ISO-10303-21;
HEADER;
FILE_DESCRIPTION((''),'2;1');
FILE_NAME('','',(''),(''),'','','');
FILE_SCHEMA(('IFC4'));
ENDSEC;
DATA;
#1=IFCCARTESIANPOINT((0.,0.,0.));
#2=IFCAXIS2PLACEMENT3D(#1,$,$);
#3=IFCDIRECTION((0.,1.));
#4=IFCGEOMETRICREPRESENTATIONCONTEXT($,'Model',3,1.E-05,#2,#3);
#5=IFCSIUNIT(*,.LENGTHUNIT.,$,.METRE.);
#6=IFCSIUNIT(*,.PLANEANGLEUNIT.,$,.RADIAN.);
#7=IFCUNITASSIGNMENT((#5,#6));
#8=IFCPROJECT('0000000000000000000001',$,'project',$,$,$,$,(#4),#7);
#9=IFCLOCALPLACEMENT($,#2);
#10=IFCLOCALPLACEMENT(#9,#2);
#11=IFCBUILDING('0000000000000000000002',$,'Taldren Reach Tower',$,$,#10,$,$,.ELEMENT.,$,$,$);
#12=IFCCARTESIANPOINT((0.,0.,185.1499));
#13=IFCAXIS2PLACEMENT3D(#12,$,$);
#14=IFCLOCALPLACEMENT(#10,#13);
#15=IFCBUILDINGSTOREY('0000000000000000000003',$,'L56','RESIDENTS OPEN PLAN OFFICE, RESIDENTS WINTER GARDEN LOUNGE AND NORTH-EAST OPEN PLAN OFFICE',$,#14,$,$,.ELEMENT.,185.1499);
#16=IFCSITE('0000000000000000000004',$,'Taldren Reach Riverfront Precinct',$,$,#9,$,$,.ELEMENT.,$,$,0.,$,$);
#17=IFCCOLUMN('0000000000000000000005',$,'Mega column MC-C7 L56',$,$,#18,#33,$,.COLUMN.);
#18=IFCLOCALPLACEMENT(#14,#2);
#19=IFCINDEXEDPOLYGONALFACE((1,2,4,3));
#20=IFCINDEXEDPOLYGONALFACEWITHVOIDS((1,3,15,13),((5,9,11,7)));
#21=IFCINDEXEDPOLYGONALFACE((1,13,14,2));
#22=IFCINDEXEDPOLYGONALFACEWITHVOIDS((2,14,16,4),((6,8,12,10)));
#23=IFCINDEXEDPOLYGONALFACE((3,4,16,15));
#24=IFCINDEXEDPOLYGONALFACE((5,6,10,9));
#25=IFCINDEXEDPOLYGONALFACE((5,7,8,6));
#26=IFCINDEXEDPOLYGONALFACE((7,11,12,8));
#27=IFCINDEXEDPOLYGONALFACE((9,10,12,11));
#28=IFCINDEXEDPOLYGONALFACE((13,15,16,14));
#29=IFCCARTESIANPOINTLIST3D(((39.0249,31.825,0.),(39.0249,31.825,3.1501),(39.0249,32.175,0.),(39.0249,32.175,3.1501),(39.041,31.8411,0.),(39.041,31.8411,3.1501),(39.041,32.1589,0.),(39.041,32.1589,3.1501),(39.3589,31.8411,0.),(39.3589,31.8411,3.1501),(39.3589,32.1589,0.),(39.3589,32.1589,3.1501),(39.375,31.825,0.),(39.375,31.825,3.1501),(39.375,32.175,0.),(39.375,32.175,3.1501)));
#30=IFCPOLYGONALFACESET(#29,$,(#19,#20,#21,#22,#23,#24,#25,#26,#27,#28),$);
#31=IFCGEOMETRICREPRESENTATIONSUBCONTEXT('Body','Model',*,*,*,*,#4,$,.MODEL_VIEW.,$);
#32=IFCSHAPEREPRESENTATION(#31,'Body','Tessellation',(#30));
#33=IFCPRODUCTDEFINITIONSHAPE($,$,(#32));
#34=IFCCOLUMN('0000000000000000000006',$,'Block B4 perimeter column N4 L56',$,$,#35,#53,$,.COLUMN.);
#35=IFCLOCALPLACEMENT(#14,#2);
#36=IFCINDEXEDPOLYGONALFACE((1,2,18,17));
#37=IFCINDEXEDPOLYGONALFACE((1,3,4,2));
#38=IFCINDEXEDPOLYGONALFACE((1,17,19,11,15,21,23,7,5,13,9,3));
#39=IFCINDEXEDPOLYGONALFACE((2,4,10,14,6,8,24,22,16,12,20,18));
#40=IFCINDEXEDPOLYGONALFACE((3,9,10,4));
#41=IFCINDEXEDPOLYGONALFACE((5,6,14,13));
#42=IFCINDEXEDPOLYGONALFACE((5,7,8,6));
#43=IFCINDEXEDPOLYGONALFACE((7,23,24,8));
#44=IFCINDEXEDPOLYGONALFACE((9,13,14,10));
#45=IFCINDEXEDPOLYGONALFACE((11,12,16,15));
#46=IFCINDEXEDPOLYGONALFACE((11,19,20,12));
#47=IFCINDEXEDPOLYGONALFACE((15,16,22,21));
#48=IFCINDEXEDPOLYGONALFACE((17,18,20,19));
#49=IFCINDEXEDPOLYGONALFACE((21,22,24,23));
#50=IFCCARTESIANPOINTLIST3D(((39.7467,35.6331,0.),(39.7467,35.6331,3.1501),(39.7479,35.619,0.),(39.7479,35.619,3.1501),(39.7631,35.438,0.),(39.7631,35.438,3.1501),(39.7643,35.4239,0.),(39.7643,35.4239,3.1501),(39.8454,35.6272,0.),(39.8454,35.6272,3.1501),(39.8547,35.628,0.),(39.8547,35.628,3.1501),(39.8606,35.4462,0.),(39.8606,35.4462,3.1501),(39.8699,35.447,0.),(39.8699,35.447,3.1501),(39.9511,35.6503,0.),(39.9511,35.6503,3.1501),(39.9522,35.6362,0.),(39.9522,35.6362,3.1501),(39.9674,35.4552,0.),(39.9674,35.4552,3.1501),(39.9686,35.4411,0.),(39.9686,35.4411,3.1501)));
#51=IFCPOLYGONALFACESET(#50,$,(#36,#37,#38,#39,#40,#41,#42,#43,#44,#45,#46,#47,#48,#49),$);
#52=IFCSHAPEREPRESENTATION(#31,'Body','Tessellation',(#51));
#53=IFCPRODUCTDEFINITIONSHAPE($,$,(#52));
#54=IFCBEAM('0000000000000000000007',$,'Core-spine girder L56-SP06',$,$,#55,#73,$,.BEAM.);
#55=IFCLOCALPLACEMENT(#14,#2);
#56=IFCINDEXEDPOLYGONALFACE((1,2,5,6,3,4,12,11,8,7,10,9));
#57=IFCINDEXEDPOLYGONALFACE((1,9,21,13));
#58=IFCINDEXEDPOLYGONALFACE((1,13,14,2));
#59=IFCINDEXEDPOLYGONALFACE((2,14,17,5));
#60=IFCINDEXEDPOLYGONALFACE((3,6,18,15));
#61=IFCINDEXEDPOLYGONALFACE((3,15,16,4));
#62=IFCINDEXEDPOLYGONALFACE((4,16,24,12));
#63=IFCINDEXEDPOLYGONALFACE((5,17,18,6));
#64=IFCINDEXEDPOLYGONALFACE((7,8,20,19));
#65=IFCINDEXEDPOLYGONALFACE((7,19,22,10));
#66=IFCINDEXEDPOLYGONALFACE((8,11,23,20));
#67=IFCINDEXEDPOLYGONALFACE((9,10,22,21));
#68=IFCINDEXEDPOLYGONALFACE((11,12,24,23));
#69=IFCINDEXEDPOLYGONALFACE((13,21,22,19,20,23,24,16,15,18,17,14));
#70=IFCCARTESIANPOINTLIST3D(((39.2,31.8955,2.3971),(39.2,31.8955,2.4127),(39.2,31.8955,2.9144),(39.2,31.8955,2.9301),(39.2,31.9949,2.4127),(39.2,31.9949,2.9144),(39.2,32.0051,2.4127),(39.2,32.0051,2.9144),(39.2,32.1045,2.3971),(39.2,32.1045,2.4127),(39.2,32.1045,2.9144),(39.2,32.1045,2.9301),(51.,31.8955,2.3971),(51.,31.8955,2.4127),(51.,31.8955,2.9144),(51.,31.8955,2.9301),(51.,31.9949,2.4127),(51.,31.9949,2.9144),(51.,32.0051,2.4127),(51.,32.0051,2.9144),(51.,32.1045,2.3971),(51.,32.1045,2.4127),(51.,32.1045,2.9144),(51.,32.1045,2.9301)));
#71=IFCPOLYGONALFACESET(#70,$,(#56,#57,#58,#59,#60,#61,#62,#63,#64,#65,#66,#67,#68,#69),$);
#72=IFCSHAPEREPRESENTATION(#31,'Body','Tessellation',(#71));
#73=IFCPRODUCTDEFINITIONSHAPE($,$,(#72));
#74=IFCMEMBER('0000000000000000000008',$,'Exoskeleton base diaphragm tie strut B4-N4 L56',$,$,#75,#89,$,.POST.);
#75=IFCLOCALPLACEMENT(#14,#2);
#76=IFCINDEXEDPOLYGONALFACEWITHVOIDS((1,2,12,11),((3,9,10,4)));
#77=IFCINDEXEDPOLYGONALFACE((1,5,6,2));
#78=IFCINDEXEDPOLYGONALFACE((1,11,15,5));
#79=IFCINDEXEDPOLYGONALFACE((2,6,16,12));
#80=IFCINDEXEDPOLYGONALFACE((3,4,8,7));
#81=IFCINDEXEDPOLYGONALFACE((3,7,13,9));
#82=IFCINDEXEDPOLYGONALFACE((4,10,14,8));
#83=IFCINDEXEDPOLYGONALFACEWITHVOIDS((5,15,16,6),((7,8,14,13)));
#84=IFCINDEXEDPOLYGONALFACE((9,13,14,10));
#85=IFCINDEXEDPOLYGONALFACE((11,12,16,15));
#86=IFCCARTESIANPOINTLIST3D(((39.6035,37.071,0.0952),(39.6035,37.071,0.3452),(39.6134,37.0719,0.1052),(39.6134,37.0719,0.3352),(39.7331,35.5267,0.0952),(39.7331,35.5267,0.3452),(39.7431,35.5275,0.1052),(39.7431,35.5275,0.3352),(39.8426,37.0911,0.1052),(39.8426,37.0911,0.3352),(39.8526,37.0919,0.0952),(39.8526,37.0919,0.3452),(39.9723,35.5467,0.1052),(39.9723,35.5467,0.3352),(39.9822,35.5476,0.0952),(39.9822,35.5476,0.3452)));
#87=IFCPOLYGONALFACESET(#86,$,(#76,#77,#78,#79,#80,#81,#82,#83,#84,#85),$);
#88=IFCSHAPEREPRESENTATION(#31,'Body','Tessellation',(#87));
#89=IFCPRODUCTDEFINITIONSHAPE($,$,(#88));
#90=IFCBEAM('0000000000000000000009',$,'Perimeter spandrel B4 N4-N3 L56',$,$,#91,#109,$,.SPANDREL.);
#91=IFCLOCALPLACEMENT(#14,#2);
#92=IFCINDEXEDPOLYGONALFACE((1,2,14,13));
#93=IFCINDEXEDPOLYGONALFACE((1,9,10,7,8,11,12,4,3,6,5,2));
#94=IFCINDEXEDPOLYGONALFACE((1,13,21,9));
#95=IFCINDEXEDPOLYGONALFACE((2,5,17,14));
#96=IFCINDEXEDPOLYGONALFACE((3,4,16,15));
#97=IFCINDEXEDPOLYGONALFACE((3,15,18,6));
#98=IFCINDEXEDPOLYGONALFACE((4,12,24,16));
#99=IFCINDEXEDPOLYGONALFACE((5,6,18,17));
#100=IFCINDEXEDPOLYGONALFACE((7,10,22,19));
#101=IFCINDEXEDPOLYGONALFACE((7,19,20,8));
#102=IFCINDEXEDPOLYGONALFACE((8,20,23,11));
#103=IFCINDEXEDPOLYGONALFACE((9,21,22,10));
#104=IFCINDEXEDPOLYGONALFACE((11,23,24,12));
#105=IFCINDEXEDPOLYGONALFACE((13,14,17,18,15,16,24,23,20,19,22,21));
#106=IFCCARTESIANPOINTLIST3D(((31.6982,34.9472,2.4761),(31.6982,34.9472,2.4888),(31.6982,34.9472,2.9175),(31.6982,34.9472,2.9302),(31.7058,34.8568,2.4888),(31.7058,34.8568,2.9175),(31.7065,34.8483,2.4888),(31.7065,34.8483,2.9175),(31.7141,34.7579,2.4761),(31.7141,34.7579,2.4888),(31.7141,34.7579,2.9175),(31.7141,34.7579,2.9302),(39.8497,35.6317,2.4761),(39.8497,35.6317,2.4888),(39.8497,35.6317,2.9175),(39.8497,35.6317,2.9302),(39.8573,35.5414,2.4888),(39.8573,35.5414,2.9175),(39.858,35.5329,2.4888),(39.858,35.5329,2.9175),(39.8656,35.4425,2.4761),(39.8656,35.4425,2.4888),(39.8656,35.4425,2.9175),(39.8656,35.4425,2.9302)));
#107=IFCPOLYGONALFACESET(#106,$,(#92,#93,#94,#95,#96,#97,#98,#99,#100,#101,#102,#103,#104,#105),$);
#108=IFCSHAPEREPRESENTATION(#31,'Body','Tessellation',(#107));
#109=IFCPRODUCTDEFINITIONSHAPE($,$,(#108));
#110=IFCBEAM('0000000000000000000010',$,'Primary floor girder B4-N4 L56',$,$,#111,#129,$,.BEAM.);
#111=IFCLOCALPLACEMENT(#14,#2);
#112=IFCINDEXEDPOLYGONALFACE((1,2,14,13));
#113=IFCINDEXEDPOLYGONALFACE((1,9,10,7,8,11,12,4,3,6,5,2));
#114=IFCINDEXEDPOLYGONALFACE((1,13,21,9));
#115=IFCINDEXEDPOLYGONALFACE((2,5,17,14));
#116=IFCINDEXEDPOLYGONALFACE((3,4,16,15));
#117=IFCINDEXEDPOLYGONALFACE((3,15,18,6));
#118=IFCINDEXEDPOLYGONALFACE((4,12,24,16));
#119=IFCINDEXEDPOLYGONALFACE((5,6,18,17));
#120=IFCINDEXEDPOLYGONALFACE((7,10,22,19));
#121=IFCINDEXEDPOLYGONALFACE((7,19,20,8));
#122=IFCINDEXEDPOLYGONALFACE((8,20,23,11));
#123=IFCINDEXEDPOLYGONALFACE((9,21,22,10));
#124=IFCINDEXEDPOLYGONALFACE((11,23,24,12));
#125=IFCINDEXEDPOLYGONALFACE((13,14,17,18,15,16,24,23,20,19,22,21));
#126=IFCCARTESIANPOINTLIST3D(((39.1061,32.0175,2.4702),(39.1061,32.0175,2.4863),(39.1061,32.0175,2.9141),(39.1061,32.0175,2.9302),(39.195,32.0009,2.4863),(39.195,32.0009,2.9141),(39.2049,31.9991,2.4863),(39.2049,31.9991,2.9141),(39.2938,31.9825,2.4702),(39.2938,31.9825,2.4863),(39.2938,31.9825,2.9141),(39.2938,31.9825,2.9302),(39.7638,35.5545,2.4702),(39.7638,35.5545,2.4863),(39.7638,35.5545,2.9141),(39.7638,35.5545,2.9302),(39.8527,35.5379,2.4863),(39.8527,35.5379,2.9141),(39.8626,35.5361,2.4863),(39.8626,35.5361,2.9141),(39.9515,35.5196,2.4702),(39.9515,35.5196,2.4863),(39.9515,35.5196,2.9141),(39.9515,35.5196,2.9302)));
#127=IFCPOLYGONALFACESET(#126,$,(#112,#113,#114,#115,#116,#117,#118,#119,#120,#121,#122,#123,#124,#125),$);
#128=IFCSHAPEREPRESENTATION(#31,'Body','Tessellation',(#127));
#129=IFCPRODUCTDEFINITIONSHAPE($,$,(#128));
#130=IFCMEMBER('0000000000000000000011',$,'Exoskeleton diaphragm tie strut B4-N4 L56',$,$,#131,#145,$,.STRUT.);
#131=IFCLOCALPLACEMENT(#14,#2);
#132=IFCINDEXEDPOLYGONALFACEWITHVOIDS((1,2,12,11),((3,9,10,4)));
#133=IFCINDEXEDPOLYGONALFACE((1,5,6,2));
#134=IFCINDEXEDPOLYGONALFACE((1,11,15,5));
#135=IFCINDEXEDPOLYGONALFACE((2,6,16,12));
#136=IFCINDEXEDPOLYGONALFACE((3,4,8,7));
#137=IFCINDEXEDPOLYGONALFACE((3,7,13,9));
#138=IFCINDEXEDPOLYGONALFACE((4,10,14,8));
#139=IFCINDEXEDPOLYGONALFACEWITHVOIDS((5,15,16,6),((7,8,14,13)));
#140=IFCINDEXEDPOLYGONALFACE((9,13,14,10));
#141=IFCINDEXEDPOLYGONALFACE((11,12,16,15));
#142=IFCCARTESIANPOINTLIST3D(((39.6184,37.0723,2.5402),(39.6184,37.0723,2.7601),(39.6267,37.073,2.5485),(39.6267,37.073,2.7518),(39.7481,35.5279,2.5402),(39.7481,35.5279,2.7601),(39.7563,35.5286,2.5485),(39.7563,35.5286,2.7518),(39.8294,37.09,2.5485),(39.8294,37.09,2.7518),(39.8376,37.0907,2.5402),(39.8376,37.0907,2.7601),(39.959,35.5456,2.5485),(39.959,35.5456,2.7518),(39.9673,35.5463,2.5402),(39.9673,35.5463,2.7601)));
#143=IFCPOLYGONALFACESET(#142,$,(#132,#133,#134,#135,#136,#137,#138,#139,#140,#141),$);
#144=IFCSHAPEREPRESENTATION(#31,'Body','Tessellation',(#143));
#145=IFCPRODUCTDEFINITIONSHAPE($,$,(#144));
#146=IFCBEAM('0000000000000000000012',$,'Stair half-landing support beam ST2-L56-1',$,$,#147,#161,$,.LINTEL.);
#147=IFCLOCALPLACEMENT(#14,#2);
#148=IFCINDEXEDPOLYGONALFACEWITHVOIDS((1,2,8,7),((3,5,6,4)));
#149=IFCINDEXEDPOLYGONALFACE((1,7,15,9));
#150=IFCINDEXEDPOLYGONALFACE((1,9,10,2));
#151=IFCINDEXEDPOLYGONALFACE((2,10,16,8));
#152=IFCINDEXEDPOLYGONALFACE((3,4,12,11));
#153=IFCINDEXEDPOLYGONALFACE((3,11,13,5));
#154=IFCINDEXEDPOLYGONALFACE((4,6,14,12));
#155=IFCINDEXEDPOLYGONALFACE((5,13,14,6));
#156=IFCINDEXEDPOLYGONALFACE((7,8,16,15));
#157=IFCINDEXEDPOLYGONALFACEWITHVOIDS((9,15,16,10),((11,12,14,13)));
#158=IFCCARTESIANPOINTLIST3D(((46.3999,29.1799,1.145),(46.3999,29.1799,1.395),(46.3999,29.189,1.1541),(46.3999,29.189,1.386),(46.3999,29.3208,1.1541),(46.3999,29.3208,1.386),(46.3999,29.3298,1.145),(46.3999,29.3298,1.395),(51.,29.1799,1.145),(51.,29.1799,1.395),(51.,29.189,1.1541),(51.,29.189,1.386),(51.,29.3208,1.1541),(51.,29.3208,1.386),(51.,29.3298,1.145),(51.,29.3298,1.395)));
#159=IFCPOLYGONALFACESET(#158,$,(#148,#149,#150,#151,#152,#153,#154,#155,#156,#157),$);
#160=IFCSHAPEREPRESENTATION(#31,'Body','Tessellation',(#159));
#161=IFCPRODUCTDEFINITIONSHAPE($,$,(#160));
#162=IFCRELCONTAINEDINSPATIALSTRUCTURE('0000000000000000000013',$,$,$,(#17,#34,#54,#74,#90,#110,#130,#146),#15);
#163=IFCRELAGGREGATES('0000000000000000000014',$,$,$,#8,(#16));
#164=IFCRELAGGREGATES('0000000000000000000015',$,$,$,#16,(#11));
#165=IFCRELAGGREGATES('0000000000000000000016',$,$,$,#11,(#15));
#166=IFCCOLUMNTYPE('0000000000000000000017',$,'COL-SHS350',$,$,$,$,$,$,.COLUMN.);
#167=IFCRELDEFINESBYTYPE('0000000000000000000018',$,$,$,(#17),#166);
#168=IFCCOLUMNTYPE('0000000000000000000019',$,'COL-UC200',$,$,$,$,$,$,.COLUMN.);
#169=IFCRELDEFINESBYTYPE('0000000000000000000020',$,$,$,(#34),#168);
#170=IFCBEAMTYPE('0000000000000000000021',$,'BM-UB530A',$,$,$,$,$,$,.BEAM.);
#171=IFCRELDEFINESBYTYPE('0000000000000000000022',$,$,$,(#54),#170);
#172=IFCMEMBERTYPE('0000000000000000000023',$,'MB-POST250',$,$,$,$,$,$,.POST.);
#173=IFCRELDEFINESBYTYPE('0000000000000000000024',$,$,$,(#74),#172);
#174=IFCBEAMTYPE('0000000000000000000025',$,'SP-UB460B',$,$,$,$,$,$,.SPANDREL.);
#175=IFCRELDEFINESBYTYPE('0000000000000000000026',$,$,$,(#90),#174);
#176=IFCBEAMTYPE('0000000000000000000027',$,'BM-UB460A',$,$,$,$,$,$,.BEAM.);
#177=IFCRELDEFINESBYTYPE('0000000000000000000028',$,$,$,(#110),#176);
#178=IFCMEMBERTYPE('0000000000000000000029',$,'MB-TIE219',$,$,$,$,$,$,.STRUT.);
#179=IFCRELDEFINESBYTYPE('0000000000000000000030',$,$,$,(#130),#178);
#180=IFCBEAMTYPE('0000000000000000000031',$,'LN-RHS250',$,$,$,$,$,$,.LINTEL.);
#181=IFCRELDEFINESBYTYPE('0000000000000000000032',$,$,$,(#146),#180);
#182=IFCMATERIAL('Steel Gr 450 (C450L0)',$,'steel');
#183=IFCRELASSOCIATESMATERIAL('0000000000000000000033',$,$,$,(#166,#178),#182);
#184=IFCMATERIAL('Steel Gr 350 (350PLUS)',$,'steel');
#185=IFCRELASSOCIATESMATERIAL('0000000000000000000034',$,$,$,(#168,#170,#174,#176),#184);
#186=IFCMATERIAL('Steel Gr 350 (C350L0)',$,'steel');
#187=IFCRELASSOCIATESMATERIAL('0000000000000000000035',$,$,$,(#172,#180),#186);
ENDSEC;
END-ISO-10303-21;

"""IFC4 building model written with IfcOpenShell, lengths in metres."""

from ifc_helpers import new_model, si_unit, direction, frame, origin, origin_2d, place, context, subcontext, project, spatial, hollow_rectangle, i_section, extrude, source, transform, mapped, material, material_profile, profile_set, type_object, element, save


model = new_model("IFC4")

# Units and contexts
model_context = context("Model", 3, precision=1e-05, world=origin(), true_north=direction((0.0, 1.0)))
body_context = subcontext(model_context, "Body", "Model", "MODEL_VIEW")
ifc_project = project(units=[si_unit("LENGTHUNIT", "METRE"), si_unit("PLANEANGLEUNIT", "RADIAN")], contexts=[model_context])

# Site, building, storey
site_placement = place(None, origin())
site = spatial("IfcSite", under=ifc_project, at=site_placement, Name="Taldren Reach Riverfront Precinct", CompositionType="ELEMENT", RefElevation=0.0)
building_placement = place(site_placement, origin())
building = spatial("IfcBuilding", under=site, at=building_placement, Name="Taldren Reach Tower", CompositionType="ELEMENT")
storey_placement = place(building_placement, frame((0.0, 0.0, 185.1499)))
storey = spatial("IfcBuildingStorey", under=building, at=storey_placement, Name="L56", Description="RESIDENTS OPEN PLAN OFFICE, RESIDENTS WINTER GARDEN LOUNGE AND NORTH-EAST OPEN PLAN OFFICE", CompositionType="ELEMENT", Elevation=185.1499)

# Columns
ifc_material_1 = material(Name="Steel Gr 450 (C450L0)", Category="steel")
ifc_material_profile_1 = material_profile(ifc_material_1, hollow_rectangle(XDim=0.3501, YDim=0.3501, WallThickness=0.0161, at=origin_2d()), Name="350x350x16.0SHS")
ifc_profile_set_1 = profile_set([ifc_material_profile_1], Name="Steel Gr 450 (C450L0)")
column_type_1 = type_object("IfcColumnType", Name="COL-SHS350", PredefinedType="COLUMN", material=ifc_profile_set_1)
shared_shape_1 = source(origin(), body_context, "Body", "SweptSolid", [
    extrude(hollow_rectangle(XDim=0.3501, YDim=0.3501, WallThickness=0.0161, at=origin_2d()), origin(), (0.0, 0.0, 1.0), 3.1501),
])
column_1_placement = place(storey_placement, frame((39.2, 32.0, 0.0), z_axis=(0.0, 0.0, 1.0), x_axis=(1.0, 0.0, 0.0)))
element("IfcColumn", 1, at=column_1_placement, inside=storey, type_object=column_type_1, Name="Mega column MC-C7 L56", PredefinedType="COLUMN", context=body_context, shape_type="MappedRepresentation", body=[
    mapped(shared_shape_1, transform((0.0, 0.0, 0.0), scale=1.0)),
])
ifc_material_2 = material(Name="Steel Gr 350 (350PLUS)", Category="steel")
ifc_material_profile_2 = material_profile(ifc_material_2, i_section(OverallWidth=0.2051, OverallDepth=0.21, WebThickness=0.0093, FlangeThickness=0.0142, at=origin_2d()), Name="200UC59.5")
ifc_profile_set_2 = profile_set([ifc_material_profile_2], Name="Steel Gr 350 (350PLUS)")
column_type_2 = type_object("IfcColumnType", Name="COL-UC200", PredefinedType="COLUMN", material=ifc_profile_set_2)
shared_shape_2 = source(origin(), body_context, "Body", "SweptSolid", [
    extrude(i_section(OverallWidth=0.2051, OverallDepth=0.21, WebThickness=0.0093, FlangeThickness=0.0142, at=origin_2d()), origin(), (0.0, 0.0, 1.0), 3.1501),
])
column_2_placement = place(storey_placement, frame((39.8577, 35.5371, 0.0), z_axis=(0.0, 0.0, 1.0), x_axis=(0.996493, 0.083678, 0.0)))
element("IfcColumn", 2, at=column_2_placement, inside=storey, type_object=column_type_2, Name="Block B4 perimeter column N4 L56", PredefinedType="COLUMN", context=body_context, shape_type="MappedRepresentation", body=[
    mapped(shared_shape_2, transform((0.0, 0.0, 0.0), scale=1.0)),
])

# Beam
ifc_material_profile_3 = material_profile(ifc_material_2, i_section(OverallWidth=0.209, OverallDepth=0.533, WebThickness=0.0103, FlangeThickness=0.0156, at=origin_2d()), Name="530UB92.4")
ifc_profile_set_3 = profile_set([ifc_material_profile_3], Name="Steel Gr 350 (350PLUS)")
beam_type_1 = type_object("IfcBeamType", Name="BM-UB530A", PredefinedType="BEAM", material=ifc_profile_set_3)
shared_shape_3 = source(origin(), body_context, "Body", "SweptSolid", [
    extrude(i_section(OverallWidth=0.209, OverallDepth=0.533, WebThickness=0.0103, FlangeThickness=0.0156, at=origin_2d()), origin(), (0.0, 0.0, 1.0), 11.8),
])
beam_1_placement = place(storey_placement, frame((39.2, 32.0, 2.6636), z_axis=(1.0, 0.0, 0.0), x_axis=(0.0, 1.0, 0.0)))
element("IfcBeam", 3, at=beam_1_placement, inside=storey, type_object=beam_type_1, Name="Core-spine girder L56-SP06", PredefinedType="BEAM", context=body_context, shape_type="MappedRepresentation", body=[
    mapped(shared_shape_3, transform((0.0, 0.0, 0.0), scale=1.0)),
])

# Member
ifc_material_3 = material(Name="Steel Gr 350 (C350L0)", Category="steel")
ifc_material_profile_4 = material_profile(ifc_material_3, hollow_rectangle(XDim=0.25, YDim=0.25, WallThickness=0.01, at=origin_2d()), Name="250x250x10.0SHS")
ifc_profile_set_4 = profile_set([ifc_material_profile_4], Name="Steel Gr 350 (C350L0)")
member_type_1 = type_object("IfcMemberType", Name="MB-POST250", PredefinedType="POST", material=ifc_profile_set_4)
shared_shape_4 = source(origin(), body_context, "Body", "SweptSolid", [
    extrude(hollow_rectangle(XDim=0.25, YDim=0.25, WallThickness=0.01, at=origin_2d()), origin(), (0.0, 0.0, 1.0), 1.5498),
])
member_1_placement = place(storey_placement, frame((39.8577, 35.5371, 0.2202), z_axis=(-0.083645, 0.996496, 0.0), x_axis=(-0.996496, -0.083645, 0.0)))
element("IfcMember", 4, at=member_1_placement, inside=storey, type_object=member_type_1, Name="Exoskeleton base diaphragm tie strut B4-N4 L56", PredefinedType="POST", context=body_context, shape_type="MappedRepresentation", body=[
    mapped(shared_shape_4, transform((0.0, 0.0, 0.0), scale=1.0)),
])

# Beams
ifc_material_profile_5 = material_profile(ifc_material_2, i_section(OverallWidth=0.1899, OverallDepth=0.4541, WebThickness=0.0085, FlangeThickness=0.0127, at=origin_2d()), Name="460UB67.1")
ifc_profile_set_5 = profile_set([ifc_material_profile_5], Name="Steel Gr 350 (350PLUS)")
beam_type_2 = type_object("IfcBeamType", Name="SP-UB460B", PredefinedType="SPANDREL", material=ifc_profile_set_5)
shared_shape_5 = source(origin(), body_context, "Body", "SweptSolid", [
    extrude(i_section(OverallWidth=0.1899, OverallDepth=0.4541, WebThickness=0.0085, FlangeThickness=0.0127, at=origin_2d()), origin(), (0.0, 0.0, 1.0), 8.1802),
])
beam_2_placement = place(storey_placement, frame((39.8577, 35.5371, 2.7031), z_axis=(-0.996492, -0.083688, 0.0), x_axis=(0.083688, -0.996492, 0.0)))
element("IfcBeam", 5, at=beam_2_placement, inside=storey, type_object=beam_type_2, Name="Perimeter spandrel B4 N4-N3 L56", PredefinedType="SPANDREL", context=body_context, shape_type="MappedRepresentation", body=[
    mapped(shared_shape_5, transform((0.0, 0.0, 0.0), scale=1.0)),
])
ifc_material_profile_6 = material_profile(ifc_material_2, i_section(OverallWidth=0.1909, OverallDepth=0.46, WebThickness=0.01, FlangeThickness=0.0161, at=origin_2d()), Name="460UB82.1")
ifc_profile_set_6 = profile_set([ifc_material_profile_6], Name="Steel Gr 350 (350PLUS)")
beam_type_3 = type_object("IfcBeamType", Name="BM-UB460A", PredefinedType="BEAM", material=ifc_profile_set_6)
shared_shape_6 = source(origin(), body_context, "Body", "SweptSolid", [
    extrude(i_section(OverallWidth=0.1909, OverallDepth=0.46, WebThickness=0.01, FlangeThickness=0.0161, at=origin_2d()), origin(), (0.0, 0.0, 1.0), 3.5977),
])
beam_3_placement = place(storey_placement, frame((39.2, 32.0, 2.7002), z_axis=(0.182813, 0.983148, 0.0), x_axis=(-0.983148, 0.182813, 0.0)))
element("IfcBeam", 6, at=beam_3_placement, inside=storey, type_object=beam_type_3, Name="Primary floor girder B4-N4 L56", PredefinedType="BEAM", context=body_context, shape_type="MappedRepresentation", body=[
    mapped(shared_shape_6, transform((0.0, 0.0, 0.0), scale=1.0)),
])

# Member
ifc_material_profile_7 = material_profile(ifc_material_1, hollow_rectangle(XDim=0.22, YDim=0.22, WallThickness=0.0083, at=origin_2d()), Name="220x220x8.2SHS")
ifc_profile_set_7 = profile_set([ifc_material_profile_7], Name="Steel Gr 450 (C450L0)")
member_type_2 = type_object("IfcMemberType", Name="MB-TIE219", PredefinedType="STRUT", material=ifc_profile_set_7)
shared_shape_7 = source(origin(), body_context, "Body", "SweptSolid", [
    extrude(hollow_rectangle(XDim=0.22, YDim=0.22, WallThickness=0.0083, at=origin_2d()), origin(), (0.0, 0.0, 1.0), 1.5498),
])
member_2_placement = place(storey_placement, frame((39.8577, 35.5371, 2.6501), z_axis=(-0.083645, 0.996496, 0.0), x_axis=(-0.996496, -0.083645, 0.0)))
element("IfcMember", 7, at=member_2_placement, inside=storey, type_object=member_type_2, Name="Exoskeleton diaphragm tie strut B4-N4 L56", PredefinedType="STRUT", context=body_context, shape_type="MappedRepresentation", body=[
    mapped(shared_shape_7, transform((0.0, 0.0, 0.0), scale=1.0)),
])

# Beam
ifc_material_profile_8 = material_profile(ifc_material_3, hollow_rectangle(XDim=0.1499, YDim=0.25, WallThickness=0.009, at=origin_2d()), Name="250x150x9.0RHS")
ifc_profile_set_8 = profile_set([ifc_material_profile_8], Name="Steel Gr 350 (C350L0)")
beam_type_4 = type_object("IfcBeamType", Name="LN-RHS250", PredefinedType="LINTEL", material=ifc_profile_set_8)
shared_shape_8 = source(origin(), body_context, "Body", "SweptSolid", [
    extrude(hollow_rectangle(XDim=0.1499, YDim=0.25, WallThickness=0.009, at=origin_2d()), origin(), (0.0, 0.0, 1.0), 4.6001),
])
for number, where, z_axis, x_axis, name in (
    (8, (46.3999, 29.2549, 1.27), (1.0, 0.0, 0.0), (0.0, 1.0, 0.0), "Stair half-landing support beam ST2-L56-1"),
):
    element("IfcBeam", number, at=place(storey_placement, frame(where, z_axis=z_axis, x_axis=x_axis)), inside=storey, type_object=beam_type_4, Name=name, PredefinedType="LINTEL", context=body_context, shape_type="MappedRepresentation", body=[
        mapped(shared_shape_8, transform((0.0, 0.0, 0.0), scale=1.0)),
    ])

save(model, "model.ifc")
